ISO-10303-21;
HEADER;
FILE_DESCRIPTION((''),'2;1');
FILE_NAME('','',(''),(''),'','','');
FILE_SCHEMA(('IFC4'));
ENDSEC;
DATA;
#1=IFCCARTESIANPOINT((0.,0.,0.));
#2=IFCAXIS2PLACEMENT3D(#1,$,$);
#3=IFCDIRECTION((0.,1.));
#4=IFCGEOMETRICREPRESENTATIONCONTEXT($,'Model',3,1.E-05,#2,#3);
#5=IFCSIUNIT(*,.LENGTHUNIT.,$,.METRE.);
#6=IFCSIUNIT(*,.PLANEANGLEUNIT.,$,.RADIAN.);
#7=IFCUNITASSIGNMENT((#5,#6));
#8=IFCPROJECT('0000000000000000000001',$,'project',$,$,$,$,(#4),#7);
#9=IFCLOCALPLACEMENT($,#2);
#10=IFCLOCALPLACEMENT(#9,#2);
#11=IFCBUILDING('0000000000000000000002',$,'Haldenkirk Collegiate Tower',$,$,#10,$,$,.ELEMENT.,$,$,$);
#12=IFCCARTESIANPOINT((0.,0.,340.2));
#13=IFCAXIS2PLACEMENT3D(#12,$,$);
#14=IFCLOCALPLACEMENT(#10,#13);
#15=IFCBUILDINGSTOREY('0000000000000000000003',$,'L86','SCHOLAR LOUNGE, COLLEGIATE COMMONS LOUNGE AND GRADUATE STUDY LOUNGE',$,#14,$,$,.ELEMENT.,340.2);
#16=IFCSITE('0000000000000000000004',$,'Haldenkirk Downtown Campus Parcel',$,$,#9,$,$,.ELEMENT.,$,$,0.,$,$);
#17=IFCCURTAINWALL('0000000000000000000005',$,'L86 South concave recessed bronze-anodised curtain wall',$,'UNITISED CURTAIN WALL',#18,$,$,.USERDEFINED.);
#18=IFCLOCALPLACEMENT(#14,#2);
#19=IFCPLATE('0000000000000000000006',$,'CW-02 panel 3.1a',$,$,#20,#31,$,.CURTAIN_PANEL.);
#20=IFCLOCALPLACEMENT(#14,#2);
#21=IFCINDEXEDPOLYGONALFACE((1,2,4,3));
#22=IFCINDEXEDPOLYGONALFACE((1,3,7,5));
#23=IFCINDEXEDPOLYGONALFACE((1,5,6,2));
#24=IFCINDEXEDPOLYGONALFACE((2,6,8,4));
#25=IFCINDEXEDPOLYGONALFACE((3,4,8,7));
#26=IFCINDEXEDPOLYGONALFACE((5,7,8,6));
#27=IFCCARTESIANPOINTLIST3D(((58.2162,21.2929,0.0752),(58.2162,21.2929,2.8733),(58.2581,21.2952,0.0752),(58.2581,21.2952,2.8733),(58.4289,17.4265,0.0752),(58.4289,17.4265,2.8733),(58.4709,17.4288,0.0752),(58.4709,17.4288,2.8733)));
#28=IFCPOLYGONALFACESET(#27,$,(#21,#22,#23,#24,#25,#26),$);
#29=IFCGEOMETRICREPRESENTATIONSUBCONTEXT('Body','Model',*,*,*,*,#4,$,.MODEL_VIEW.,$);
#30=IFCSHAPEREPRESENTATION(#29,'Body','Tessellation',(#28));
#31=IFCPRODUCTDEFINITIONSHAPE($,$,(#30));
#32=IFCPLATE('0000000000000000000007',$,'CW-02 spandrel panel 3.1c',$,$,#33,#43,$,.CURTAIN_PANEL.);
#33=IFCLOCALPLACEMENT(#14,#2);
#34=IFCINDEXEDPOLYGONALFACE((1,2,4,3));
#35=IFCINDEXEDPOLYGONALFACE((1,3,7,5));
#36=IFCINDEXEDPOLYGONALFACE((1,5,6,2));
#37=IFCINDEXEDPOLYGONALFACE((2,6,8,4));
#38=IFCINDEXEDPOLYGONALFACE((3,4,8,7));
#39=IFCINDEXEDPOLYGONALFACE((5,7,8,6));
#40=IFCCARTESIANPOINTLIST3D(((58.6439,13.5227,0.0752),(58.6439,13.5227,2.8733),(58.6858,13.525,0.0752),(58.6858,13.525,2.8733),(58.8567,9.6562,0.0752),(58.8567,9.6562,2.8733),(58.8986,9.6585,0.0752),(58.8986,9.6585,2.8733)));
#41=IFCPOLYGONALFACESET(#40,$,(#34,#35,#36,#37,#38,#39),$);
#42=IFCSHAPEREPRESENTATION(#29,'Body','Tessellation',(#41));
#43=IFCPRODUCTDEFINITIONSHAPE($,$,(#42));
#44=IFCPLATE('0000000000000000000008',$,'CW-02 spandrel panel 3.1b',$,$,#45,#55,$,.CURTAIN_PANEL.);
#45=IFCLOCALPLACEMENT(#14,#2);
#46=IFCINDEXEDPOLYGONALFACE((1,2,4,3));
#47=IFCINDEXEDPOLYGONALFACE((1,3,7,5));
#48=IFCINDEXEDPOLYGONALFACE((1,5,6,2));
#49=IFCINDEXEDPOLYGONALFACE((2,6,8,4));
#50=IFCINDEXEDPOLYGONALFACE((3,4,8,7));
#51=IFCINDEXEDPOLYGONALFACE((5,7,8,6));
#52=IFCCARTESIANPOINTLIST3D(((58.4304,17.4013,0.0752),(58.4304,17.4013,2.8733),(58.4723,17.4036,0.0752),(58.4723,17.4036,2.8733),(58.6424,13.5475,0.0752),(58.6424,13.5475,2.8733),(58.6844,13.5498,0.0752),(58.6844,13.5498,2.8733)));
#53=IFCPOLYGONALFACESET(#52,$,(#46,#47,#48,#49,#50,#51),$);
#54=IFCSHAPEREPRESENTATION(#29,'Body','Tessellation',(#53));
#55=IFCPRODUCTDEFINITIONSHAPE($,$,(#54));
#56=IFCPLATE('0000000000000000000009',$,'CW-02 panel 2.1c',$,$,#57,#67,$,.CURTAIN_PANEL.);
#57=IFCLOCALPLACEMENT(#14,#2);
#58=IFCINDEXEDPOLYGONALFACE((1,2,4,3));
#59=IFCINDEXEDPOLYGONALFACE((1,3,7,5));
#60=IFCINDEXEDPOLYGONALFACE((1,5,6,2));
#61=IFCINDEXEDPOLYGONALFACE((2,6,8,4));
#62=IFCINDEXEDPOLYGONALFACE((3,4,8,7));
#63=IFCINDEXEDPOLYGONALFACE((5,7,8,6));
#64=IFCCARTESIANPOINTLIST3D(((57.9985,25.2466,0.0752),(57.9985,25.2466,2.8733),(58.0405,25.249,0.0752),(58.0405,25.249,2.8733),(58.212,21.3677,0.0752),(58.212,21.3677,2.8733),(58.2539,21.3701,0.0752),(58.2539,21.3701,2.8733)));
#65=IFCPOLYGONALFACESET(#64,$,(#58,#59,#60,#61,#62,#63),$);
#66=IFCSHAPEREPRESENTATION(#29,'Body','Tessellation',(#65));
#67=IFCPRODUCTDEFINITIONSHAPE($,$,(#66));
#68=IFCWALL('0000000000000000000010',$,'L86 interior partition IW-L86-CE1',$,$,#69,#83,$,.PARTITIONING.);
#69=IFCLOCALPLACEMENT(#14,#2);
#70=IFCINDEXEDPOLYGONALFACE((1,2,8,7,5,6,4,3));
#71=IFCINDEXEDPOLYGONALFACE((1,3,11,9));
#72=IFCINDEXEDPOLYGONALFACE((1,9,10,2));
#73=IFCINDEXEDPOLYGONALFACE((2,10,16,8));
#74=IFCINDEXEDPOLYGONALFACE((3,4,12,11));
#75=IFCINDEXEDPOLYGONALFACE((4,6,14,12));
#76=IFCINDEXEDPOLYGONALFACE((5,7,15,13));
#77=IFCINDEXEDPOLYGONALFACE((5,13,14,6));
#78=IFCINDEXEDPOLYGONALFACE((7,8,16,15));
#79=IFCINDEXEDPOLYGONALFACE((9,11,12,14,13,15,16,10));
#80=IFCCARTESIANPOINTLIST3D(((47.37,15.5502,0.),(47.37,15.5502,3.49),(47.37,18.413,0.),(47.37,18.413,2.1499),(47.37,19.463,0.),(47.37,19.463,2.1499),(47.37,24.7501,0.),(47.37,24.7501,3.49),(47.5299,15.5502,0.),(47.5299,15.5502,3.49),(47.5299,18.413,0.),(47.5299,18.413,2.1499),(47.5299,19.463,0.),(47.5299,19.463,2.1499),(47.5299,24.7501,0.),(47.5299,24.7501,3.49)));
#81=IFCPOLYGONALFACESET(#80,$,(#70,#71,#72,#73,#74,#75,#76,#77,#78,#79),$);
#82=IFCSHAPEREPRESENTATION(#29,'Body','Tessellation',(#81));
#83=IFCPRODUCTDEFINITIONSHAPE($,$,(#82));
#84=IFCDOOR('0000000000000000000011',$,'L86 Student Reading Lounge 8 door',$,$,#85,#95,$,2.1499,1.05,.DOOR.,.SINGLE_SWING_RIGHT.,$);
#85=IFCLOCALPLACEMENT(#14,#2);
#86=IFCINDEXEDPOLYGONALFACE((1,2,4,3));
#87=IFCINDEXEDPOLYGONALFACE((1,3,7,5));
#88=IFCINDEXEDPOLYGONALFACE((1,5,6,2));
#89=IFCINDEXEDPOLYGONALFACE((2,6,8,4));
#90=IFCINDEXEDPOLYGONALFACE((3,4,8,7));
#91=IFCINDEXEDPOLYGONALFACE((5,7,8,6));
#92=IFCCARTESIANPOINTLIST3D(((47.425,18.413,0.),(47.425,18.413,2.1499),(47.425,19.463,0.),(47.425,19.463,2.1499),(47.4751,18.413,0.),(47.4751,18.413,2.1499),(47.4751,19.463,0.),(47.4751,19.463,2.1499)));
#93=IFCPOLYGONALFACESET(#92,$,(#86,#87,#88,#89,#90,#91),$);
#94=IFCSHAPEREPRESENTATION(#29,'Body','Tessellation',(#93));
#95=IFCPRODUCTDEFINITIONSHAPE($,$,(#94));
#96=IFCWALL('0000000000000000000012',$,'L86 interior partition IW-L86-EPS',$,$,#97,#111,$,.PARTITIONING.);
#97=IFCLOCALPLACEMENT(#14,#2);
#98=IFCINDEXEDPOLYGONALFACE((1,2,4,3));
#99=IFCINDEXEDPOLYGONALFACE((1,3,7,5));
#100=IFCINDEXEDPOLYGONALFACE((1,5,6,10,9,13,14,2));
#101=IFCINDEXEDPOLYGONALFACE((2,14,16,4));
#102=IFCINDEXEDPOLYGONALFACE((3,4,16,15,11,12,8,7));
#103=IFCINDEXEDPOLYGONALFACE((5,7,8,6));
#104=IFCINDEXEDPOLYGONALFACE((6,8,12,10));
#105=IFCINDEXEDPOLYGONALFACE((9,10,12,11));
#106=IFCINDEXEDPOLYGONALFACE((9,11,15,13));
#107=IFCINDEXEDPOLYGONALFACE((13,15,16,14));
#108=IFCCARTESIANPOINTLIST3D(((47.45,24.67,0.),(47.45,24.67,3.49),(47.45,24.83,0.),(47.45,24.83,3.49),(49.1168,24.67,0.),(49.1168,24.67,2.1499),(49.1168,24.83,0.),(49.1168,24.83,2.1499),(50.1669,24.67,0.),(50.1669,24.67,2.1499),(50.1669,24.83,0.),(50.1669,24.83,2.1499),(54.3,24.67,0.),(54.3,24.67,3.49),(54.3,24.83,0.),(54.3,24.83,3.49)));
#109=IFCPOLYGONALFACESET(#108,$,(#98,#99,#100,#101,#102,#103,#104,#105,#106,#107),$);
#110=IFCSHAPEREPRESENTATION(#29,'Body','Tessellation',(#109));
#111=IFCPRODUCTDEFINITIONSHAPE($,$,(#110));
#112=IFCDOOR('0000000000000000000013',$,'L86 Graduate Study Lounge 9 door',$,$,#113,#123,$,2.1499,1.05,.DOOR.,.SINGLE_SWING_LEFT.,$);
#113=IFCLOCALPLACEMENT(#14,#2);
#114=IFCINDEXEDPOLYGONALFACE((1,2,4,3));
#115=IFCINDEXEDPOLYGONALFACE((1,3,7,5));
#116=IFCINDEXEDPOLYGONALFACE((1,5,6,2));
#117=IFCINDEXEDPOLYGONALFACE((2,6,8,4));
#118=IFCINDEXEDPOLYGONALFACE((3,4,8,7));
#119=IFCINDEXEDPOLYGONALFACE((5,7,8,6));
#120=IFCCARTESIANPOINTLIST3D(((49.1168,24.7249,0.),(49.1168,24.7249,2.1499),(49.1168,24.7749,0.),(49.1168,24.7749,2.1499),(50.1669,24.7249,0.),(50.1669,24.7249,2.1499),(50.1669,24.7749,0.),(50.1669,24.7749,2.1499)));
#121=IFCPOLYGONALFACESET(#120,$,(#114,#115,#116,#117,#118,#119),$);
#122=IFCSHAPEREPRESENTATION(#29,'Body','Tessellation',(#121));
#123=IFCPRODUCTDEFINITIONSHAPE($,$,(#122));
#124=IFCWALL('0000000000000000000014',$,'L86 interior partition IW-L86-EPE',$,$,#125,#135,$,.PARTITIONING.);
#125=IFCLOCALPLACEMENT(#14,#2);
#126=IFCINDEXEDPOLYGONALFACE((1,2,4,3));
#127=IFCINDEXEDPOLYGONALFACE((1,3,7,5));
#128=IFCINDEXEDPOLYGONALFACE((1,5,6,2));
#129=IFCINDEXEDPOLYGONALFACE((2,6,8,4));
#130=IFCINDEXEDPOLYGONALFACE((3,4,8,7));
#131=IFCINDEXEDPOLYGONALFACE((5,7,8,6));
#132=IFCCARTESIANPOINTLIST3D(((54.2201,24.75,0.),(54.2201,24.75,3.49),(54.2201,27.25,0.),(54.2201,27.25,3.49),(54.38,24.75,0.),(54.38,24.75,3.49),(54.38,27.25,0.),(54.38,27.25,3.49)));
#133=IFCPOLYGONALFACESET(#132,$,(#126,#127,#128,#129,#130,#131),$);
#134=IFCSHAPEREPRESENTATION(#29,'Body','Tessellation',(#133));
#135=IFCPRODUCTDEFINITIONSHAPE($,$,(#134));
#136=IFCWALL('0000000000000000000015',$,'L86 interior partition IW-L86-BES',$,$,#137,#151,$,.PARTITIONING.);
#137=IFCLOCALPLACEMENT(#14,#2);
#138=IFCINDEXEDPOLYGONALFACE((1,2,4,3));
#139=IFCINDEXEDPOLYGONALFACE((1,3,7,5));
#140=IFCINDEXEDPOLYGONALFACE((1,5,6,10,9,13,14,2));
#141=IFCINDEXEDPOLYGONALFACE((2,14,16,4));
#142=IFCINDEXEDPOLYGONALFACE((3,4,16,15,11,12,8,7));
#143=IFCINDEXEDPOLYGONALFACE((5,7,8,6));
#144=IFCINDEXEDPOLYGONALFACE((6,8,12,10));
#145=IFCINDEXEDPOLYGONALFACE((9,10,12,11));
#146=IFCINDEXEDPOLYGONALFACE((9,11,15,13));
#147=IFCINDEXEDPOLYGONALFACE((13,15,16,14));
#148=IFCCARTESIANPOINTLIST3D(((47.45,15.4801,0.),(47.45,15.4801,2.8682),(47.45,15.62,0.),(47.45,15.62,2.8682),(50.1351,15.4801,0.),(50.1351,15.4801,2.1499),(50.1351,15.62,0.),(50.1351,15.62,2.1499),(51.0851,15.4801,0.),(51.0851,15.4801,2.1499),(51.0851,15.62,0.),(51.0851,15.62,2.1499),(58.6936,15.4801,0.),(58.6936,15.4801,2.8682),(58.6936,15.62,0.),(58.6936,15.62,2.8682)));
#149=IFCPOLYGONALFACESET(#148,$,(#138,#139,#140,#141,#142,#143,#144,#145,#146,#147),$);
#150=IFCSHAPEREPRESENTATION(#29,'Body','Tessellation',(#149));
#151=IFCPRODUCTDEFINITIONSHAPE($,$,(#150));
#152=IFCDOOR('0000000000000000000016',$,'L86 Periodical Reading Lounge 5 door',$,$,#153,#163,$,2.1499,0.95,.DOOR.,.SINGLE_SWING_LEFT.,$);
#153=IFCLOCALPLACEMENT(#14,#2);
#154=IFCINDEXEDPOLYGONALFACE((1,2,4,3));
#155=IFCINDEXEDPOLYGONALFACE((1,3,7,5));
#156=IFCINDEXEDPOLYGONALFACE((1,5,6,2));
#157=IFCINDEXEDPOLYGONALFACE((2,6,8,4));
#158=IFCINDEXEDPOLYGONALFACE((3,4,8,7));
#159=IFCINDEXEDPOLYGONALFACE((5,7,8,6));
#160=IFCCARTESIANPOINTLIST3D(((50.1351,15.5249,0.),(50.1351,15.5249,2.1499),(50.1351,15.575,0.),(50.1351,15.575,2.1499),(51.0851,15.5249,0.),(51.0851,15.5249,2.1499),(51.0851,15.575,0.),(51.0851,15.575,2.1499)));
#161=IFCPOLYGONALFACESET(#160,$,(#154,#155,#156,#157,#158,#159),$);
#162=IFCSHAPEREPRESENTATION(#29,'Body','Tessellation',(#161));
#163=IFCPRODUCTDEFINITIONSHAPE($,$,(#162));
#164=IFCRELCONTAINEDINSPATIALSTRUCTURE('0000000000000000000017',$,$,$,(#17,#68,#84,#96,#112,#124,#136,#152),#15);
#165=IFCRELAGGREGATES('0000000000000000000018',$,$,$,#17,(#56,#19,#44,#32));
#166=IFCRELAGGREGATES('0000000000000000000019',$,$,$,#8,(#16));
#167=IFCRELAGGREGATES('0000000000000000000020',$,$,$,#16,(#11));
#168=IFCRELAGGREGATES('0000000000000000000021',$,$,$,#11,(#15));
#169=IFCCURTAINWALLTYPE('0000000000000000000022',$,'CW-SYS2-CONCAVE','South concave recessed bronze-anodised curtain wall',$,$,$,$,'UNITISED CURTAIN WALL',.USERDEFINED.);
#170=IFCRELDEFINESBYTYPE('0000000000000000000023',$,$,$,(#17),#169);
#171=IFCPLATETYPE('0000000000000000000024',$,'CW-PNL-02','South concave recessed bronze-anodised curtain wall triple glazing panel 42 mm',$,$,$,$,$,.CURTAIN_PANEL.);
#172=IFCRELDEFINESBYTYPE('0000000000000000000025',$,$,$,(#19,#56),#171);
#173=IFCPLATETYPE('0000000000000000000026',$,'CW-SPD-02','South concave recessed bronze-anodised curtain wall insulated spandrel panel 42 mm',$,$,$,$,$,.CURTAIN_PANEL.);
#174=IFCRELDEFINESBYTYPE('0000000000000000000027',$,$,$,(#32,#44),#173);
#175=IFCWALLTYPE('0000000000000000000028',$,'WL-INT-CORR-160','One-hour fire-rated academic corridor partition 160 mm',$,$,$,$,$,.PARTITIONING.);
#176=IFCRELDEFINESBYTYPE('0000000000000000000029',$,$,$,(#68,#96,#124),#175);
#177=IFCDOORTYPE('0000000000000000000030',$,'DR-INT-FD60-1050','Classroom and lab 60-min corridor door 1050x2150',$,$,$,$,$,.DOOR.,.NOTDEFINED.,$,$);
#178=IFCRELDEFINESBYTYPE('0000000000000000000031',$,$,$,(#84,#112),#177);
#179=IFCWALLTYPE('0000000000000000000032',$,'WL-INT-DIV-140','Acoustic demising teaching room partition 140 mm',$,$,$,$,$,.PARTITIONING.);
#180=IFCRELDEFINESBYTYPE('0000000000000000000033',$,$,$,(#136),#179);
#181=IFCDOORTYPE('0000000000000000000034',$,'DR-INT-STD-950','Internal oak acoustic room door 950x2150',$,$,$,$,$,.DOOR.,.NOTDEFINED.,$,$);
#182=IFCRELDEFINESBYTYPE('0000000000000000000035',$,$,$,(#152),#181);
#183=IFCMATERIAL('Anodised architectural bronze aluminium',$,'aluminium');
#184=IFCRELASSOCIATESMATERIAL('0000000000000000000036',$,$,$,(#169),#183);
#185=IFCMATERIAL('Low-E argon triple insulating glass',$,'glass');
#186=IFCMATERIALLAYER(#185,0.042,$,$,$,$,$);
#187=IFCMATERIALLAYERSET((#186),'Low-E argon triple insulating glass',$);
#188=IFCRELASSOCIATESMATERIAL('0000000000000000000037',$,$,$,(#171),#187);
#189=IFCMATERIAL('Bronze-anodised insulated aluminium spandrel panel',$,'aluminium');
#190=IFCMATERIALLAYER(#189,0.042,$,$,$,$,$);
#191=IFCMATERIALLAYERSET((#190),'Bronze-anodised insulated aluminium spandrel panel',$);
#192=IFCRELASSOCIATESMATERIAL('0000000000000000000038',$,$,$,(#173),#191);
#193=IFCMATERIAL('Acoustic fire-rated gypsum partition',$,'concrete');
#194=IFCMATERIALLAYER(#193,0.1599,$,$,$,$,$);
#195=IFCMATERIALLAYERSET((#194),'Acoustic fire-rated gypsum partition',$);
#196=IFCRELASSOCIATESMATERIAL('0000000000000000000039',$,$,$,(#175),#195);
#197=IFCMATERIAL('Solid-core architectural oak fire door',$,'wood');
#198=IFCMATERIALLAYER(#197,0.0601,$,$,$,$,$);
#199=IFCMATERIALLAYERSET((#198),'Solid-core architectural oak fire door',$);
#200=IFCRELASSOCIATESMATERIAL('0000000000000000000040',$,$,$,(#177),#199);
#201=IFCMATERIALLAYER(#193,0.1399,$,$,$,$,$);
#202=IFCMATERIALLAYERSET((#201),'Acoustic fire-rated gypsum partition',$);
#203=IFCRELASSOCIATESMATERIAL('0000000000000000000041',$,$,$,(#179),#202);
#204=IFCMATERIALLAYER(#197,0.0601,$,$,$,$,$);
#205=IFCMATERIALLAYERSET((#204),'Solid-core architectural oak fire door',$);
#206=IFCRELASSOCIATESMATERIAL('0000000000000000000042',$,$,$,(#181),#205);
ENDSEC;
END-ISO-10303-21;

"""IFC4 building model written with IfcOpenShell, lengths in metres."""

from ifc_helpers import new_model, si_unit, direction, frame, frame_2d, origin, origin_2d, place, context, subcontext, project, spatial, rectangle, extrude, source, transform, mapped, material, layer, layer_set, type_object, element, fill, aggregate, save


model = new_model("IFC4")

# Units and contexts
model_context = context("Model", 3, precision=1e-05, world=origin(), true_north=direction((0.0, 1.0)))
body_context = subcontext(model_context, "Body", "Model", "MODEL_VIEW")
ifc_project = project(units=[si_unit("LENGTHUNIT", "METRE"), si_unit("PLANEANGLEUNIT", "RADIAN")], contexts=[model_context])

# Site, building, storey
site_placement = place(None, origin())
site = spatial("IfcSite", under=ifc_project, at=site_placement, Name="Haldenkirk Downtown Campus Parcel", CompositionType="ELEMENT", RefElevation=0.0)
building_placement = place(site_placement, origin())
building = spatial("IfcBuilding", under=site, at=building_placement, Name="Haldenkirk Collegiate Tower", CompositionType="ELEMENT")
storey_placement = place(building_placement, frame((0.0, 0.0, 340.2)))
storey = spatial("IfcBuildingStorey", under=building, at=storey_placement, Name="L86", Description="SCHOLAR LOUNGE, COLLEGIATE COMMONS LOUNGE AND GRADUATE STUDY LOUNGE", CompositionType="ELEMENT", Elevation=340.2)

# Curtain wall
ifc_material_1 = material(Name="Anodised architectural bronze aluminium", Category="aluminium")
curtain_wall_type = type_object("IfcCurtainWallType", Name="CW-SYS2-CONCAVE", Description="South concave recessed bronze-anodised curtain wall", ElementType="UNITISED CURTAIN WALL", PredefinedType="USERDEFINED", material=ifc_material_1)
curtain_wall_placement = place(storey_placement, origin())
curtain_wall = element("IfcCurtainWall", 1, at=curtain_wall_placement, inside=storey, type_object=curtain_wall_type, Name="L86 South concave recessed bronze-anodised curtain wall", ObjectType="UNITISED CURTAIN WALL", PredefinedType="USERDEFINED")

# Plates
ifc_material_2 = material(Name="Low-E argon triple insulating glass", Category="glass")
ifc_layer_1 = layer(ifc_material_2, 0.042)
ifc_layer_set_1 = layer_set([ifc_layer_1], Name="Low-E argon triple insulating glass")
plate_type_1 = type_object("IfcPlateType", Name="CW-PNL-02", Description="South concave recessed bronze-anodised curtain wall triple glazing panel 42 mm", PredefinedType="CURTAIN_PANEL", material=ifc_layer_set_1)
shared_shape_1 = source(origin(), body_context, "Body", "SweptSolid", [
    extrude(rectangle(XDim=3.8723, YDim=0.042, at=origin_2d()), origin(), (0.0, 0.0, 1.0), 2.7981),
])
plate_1_placement = place(storey_placement, frame((58.3435, 19.3608, 0.0752), z_axis=(0.0, 0.0, 1.0), x_axis=(0.054949, -0.998489, 0.0)))
plate_1 = element("IfcPlate", 2, at=plate_1_placement, type_object=plate_type_1, Name="CW-02 panel 3.1a", PredefinedType="CURTAIN_PANEL", context=body_context, shape_type="MappedRepresentation", body=[
    mapped(shared_shape_1, transform((0.0, 0.0, 0.0), x_axis=(1.0, 0.0, 0.0), y_axis=(0.0, 1.0, 0.0), z_axis=(0.0, 0.0, 1.0), scale=1.0)),
])
ifc_material_3 = material(Name="Bronze-anodised insulated aluminium spandrel panel", Category="aluminium")
ifc_layer_2 = layer(ifc_material_3, 0.042)
ifc_layer_set_2 = layer_set([ifc_layer_2], Name="Bronze-anodised insulated aluminium spandrel panel")
plate_type_2 = type_object("IfcPlateType", Name="CW-SPD-02", Description="South concave recessed bronze-anodised curtain wall insulated spandrel panel 42 mm", PredefinedType="CURTAIN_PANEL", material=ifc_layer_set_2)
plate_2_placement = place(storey_placement, frame((58.7712, 11.5906, 0.0752), z_axis=(0.0, 0.0, 1.0), x_axis=(0.054949, -0.998489, 0.0)))
plate_2 = element("IfcPlate", 3, at=plate_2_placement, type_object=plate_type_2, Name="CW-02 spandrel panel 3.1c", PredefinedType="CURTAIN_PANEL", context=body_context, shape_type="MappedRepresentation", body=[
    mapped(shared_shape_1, transform((0.0, 0.0, 0.0), x_axis=(1.0, 0.0, 0.0), y_axis=(0.0, 1.0, 0.0), z_axis=(0.0, 0.0, 1.0), scale=1.0)),
])
shared_shape_2 = source(origin(), body_context, "Body", "SweptSolid", [
    extrude(rectangle(XDim=3.8596, YDim=0.042, at=origin_2d()), origin(), (0.0, 0.0, 1.0), 2.7981),
])
plate_3_placement = place(storey_placement, frame((58.5574, 15.4756, 0.0752), z_axis=(0.0, 0.0, 1.0), x_axis=(0.054949, -0.998489, 0.0)))
plate_3 = element("IfcPlate", 4, at=plate_3_placement, type_object=plate_type_2, Name="CW-02 spandrel panel 3.1b", PredefinedType="CURTAIN_PANEL", context=body_context, shape_type="MappedRepresentation", body=[
    mapped(shared_shape_2, transform((0.0, 0.0, 0.0), x_axis=(1.0, 0.0, 0.0), y_axis=(0.0, 1.0, 0.0), z_axis=(0.0, 0.0, 1.0), scale=1.0)),
])
shared_shape_3 = source(origin(), body_context, "Body", "SweptSolid", [
    extrude(rectangle(XDim=3.8848, YDim=0.042, at=origin_2d()), origin(), (0.0, 0.0, 1.0), 2.7981),
])
plate_4_placement = place(storey_placement, frame((58.1262, 23.3083, 0.0752), z_axis=(0.0, 0.0, 1.0), x_axis=(0.054949, -0.998489, 0.0)))
plate_4 = element("IfcPlate", 5, at=plate_4_placement, type_object=plate_type_1, Name="CW-02 panel 2.1c", PredefinedType="CURTAIN_PANEL", context=body_context, shape_type="MappedRepresentation", body=[
    mapped(shared_shape_3, transform((0.0, 0.0, 0.0), x_axis=(1.0, 0.0, 0.0), y_axis=(0.0, 1.0, 0.0), z_axis=(0.0, 0.0, 1.0), scale=1.0)),
])
aggregate(curtain_wall, [plate_4, plate_1, plate_3, plate_2])

# Walls, openings, doors
ifc_material_4 = material(Name="Acoustic fire-rated gypsum partition", Category="concrete")
ifc_layer_3 = layer(ifc_material_4, 0.1599)
ifc_layer_set_3 = layer_set([ifc_layer_3], Name="Acoustic fire-rated gypsum partition")
wall_type_1 = type_object("IfcWallType", Name="WL-INT-CORR-160", Description="One-hour fire-rated academic corridor partition 160 mm", PredefinedType="PARTITIONING", material=ifc_layer_set_3)
wall_1_placement = place(storey_placement, frame((47.45, 15.55, 0.0), z_axis=(0.0, 0.0, 1.0), x_axis=(0.0, 1.0, 0.0)))
wall_1 = element("IfcWall", 6, at=wall_1_placement, inside=storey, type_object=wall_type_1, Name="L86 interior partition IW-L86-CE1", PredefinedType="PARTITIONING", context=body_context, shape_type="SweptSolid", body=[
    extrude(rectangle(XDim=9.2, YDim=0.1599, at=frame_2d((4.6001, 0.0))), origin(), (0.0, 0.0, 1.0), 3.49),
])
opening_1_placement = place(wall_1_placement, frame((2.863, 0.0, 0.0)))
opening_1 = element("IfcOpeningElement", 7, at=opening_1_placement, cuts=wall_1, PredefinedType="OPENING", context=body_context, shape_type="SweptSolid", body=[
    extrude(rectangle(XDim=1.05, YDim=2.1499, at=frame_2d((0.5249, 1.075))), frame((0.0, 0.0898, 0.0), z_axis=(0.0, -1.0, 0.0), x_axis=(1.0, 0.0, 0.0)), (0.0, 0.0, 1.0), 0.1799),
])
ifc_material_5 = material(Name="Solid-core architectural oak fire door", Category="wood")
ifc_layer_4 = layer(ifc_material_5, 0.0601)
ifc_layer_set_4 = layer_set([ifc_layer_4], Name="Solid-core architectural oak fire door")
door_type_1 = type_object("IfcDoorType", Name="DR-INT-FD60-1050", Description="Classroom and lab 60-min corridor door 1050x2150", OperationType="NOTDEFINED", PredefinedType="DOOR", material=ifc_layer_set_4)
door_1_placement = place(opening_1_placement, origin())
door_1 = element("IfcDoor", 8, at=door_1_placement, inside=storey, type_object=door_type_1, Name="L86 Student Reading Lounge 8 door", OperationType="SINGLE_SWING_RIGHT", OverallHeight=2.1499, OverallWidth=1.05, PredefinedType="DOOR", context=body_context, shape_type="SweptSolid", body=[
    extrude(rectangle(XDim=1.05, YDim=2.1499, at=frame_2d((0.5249, 1.075))), frame((0.0, 0.0249, 0.0), z_axis=(0.0, -1.0, 0.0), x_axis=(1.0, 0.0, 0.0)), (0.0, 0.0, 1.0), 0.05),
])
fill(opening_1, door_1)
wall_2_placement = place(storey_placement, frame((47.45, 24.75, 0.0), z_axis=(0.0, 0.0, 1.0), x_axis=(1.0, 0.0, 0.0)))
wall_2 = element("IfcWall", 9, at=wall_2_placement, inside=storey, type_object=wall_type_1, Name="L86 interior partition IW-L86-EPS", PredefinedType="PARTITIONING", context=body_context, shape_type="SweptSolid", body=[
    extrude(rectangle(XDim=6.8501, YDim=0.1599, at=frame_2d((3.425, 0.0))), origin(), (0.0, 0.0, 1.0), 3.49),
])
opening_2_placement = place(wall_2_placement, frame((1.667, 0.0, 0.0)))
opening_2 = element("IfcOpeningElement", 10, at=opening_2_placement, cuts=wall_2, PredefinedType="OPENING", context=body_context, shape_type="SweptSolid", body=[
    extrude(rectangle(XDim=1.05, YDim=2.1499, at=frame_2d((0.5249, 1.075))), frame((0.0, 0.0898, 0.0), z_axis=(0.0, -1.0, 0.0), x_axis=(1.0, 0.0, 0.0)), (0.0, 0.0, 1.0), 0.1799),
])
door_2_placement = place(opening_2_placement, origin())
door_2 = element("IfcDoor", 11, at=door_2_placement, inside=storey, type_object=door_type_1, Name="L86 Graduate Study Lounge 9 door", OperationType="SINGLE_SWING_LEFT", OverallHeight=2.1499, OverallWidth=1.05, PredefinedType="DOOR", context=body_context, shape_type="SweptSolid", body=[
    extrude(rectangle(XDim=1.05, YDim=2.1499, at=frame_2d((0.5249, 1.075))), frame((0.0, 0.0249, 0.0), z_axis=(0.0, -1.0, 0.0), x_axis=(1.0, 0.0, 0.0)), (0.0, 0.0, 1.0), 0.05),
])
fill(opening_2, door_2)

# Wall
wall_3_placement = place(storey_placement, frame((54.3, 24.75, 0.0), z_axis=(0.0, 0.0, 1.0), x_axis=(0.0, 1.0, 0.0)))
element("IfcWall", 12, at=wall_3_placement, inside=storey, type_object=wall_type_1, Name="L86 interior partition IW-L86-EPE", PredefinedType="PARTITIONING", context=body_context, shape_type="SweptSolid", body=[
    extrude(rectangle(XDim=2.5, YDim=0.1599, at=frame_2d((1.25, 0.0))), origin(), (0.0, 0.0, 1.0), 3.49),
])

# Wall, opening, door
ifc_layer_5 = layer(ifc_material_4, 0.1399)
ifc_layer_set_5 = layer_set([ifc_layer_5], Name="Acoustic fire-rated gypsum partition")
wall_type_2 = type_object("IfcWallType", Name="WL-INT-DIV-140", Description="Acoustic demising teaching room partition 140 mm", PredefinedType="PARTITIONING", material=ifc_layer_set_5)
wall_4_placement = place(storey_placement, frame((47.45, 15.55, 0.0), z_axis=(0.0, 0.0, 1.0), x_axis=(1.0, 0.0, 0.0)))
wall_4 = element("IfcWall", 13, at=wall_4_placement, inside=storey, type_object=wall_type_2, Name="L86 interior partition IW-L86-BES", PredefinedType="PARTITIONING", context=body_context, shape_type="SweptSolid", body=[
    extrude(rectangle(XDim=11.2437, YDim=0.1399, at=frame_2d((5.6218, 0.0))), origin(), (0.0, 0.0, 1.0), 2.8682),
])
opening_3_placement = place(wall_4_placement, frame((2.6851, 0.0, 0.0)))
opening_3 = element("IfcOpeningElement", 14, at=opening_3_placement, cuts=wall_4, PredefinedType="OPENING", context=body_context, shape_type="SweptSolid", body=[
    extrude(rectangle(XDim=0.95, YDim=2.1499, at=frame_2d((0.4751, 1.075))), frame((0.0, 0.0798, 0.0), z_axis=(0.0, -1.0, 0.0), x_axis=(1.0, 0.0, 0.0)), (0.0, 0.0, 1.0), 0.1599),
])
ifc_layer_6 = layer(ifc_material_5, 0.0601)
ifc_layer_set_6 = layer_set([ifc_layer_6], Name="Solid-core architectural oak fire door")
door_type_2 = type_object("IfcDoorType", Name="DR-INT-STD-950", Description="Internal oak acoustic room door 950x2150", OperationType="NOTDEFINED", PredefinedType="DOOR", material=ifc_layer_set_6)
door_3_placement = place(opening_3_placement, origin())
door_3 = element("IfcDoor", 15, at=door_3_placement, inside=storey, type_object=door_type_2, Name="L86 Periodical Reading Lounge 5 door", OperationType="SINGLE_SWING_LEFT", OverallHeight=2.1499, OverallWidth=0.95, PredefinedType="DOOR", context=body_context, shape_type="SweptSolid", body=[
    extrude(rectangle(XDim=0.95, YDim=2.1499, at=frame_2d((0.4751, 1.075))), frame((0.0, 0.0249, 0.0), z_axis=(0.0, -1.0, 0.0), x_axis=(1.0, 0.0, 0.0)), (0.0, 0.0, 1.0), 0.05),
])
fill(opening_3, door_3)

save(model, "model.ifc")
